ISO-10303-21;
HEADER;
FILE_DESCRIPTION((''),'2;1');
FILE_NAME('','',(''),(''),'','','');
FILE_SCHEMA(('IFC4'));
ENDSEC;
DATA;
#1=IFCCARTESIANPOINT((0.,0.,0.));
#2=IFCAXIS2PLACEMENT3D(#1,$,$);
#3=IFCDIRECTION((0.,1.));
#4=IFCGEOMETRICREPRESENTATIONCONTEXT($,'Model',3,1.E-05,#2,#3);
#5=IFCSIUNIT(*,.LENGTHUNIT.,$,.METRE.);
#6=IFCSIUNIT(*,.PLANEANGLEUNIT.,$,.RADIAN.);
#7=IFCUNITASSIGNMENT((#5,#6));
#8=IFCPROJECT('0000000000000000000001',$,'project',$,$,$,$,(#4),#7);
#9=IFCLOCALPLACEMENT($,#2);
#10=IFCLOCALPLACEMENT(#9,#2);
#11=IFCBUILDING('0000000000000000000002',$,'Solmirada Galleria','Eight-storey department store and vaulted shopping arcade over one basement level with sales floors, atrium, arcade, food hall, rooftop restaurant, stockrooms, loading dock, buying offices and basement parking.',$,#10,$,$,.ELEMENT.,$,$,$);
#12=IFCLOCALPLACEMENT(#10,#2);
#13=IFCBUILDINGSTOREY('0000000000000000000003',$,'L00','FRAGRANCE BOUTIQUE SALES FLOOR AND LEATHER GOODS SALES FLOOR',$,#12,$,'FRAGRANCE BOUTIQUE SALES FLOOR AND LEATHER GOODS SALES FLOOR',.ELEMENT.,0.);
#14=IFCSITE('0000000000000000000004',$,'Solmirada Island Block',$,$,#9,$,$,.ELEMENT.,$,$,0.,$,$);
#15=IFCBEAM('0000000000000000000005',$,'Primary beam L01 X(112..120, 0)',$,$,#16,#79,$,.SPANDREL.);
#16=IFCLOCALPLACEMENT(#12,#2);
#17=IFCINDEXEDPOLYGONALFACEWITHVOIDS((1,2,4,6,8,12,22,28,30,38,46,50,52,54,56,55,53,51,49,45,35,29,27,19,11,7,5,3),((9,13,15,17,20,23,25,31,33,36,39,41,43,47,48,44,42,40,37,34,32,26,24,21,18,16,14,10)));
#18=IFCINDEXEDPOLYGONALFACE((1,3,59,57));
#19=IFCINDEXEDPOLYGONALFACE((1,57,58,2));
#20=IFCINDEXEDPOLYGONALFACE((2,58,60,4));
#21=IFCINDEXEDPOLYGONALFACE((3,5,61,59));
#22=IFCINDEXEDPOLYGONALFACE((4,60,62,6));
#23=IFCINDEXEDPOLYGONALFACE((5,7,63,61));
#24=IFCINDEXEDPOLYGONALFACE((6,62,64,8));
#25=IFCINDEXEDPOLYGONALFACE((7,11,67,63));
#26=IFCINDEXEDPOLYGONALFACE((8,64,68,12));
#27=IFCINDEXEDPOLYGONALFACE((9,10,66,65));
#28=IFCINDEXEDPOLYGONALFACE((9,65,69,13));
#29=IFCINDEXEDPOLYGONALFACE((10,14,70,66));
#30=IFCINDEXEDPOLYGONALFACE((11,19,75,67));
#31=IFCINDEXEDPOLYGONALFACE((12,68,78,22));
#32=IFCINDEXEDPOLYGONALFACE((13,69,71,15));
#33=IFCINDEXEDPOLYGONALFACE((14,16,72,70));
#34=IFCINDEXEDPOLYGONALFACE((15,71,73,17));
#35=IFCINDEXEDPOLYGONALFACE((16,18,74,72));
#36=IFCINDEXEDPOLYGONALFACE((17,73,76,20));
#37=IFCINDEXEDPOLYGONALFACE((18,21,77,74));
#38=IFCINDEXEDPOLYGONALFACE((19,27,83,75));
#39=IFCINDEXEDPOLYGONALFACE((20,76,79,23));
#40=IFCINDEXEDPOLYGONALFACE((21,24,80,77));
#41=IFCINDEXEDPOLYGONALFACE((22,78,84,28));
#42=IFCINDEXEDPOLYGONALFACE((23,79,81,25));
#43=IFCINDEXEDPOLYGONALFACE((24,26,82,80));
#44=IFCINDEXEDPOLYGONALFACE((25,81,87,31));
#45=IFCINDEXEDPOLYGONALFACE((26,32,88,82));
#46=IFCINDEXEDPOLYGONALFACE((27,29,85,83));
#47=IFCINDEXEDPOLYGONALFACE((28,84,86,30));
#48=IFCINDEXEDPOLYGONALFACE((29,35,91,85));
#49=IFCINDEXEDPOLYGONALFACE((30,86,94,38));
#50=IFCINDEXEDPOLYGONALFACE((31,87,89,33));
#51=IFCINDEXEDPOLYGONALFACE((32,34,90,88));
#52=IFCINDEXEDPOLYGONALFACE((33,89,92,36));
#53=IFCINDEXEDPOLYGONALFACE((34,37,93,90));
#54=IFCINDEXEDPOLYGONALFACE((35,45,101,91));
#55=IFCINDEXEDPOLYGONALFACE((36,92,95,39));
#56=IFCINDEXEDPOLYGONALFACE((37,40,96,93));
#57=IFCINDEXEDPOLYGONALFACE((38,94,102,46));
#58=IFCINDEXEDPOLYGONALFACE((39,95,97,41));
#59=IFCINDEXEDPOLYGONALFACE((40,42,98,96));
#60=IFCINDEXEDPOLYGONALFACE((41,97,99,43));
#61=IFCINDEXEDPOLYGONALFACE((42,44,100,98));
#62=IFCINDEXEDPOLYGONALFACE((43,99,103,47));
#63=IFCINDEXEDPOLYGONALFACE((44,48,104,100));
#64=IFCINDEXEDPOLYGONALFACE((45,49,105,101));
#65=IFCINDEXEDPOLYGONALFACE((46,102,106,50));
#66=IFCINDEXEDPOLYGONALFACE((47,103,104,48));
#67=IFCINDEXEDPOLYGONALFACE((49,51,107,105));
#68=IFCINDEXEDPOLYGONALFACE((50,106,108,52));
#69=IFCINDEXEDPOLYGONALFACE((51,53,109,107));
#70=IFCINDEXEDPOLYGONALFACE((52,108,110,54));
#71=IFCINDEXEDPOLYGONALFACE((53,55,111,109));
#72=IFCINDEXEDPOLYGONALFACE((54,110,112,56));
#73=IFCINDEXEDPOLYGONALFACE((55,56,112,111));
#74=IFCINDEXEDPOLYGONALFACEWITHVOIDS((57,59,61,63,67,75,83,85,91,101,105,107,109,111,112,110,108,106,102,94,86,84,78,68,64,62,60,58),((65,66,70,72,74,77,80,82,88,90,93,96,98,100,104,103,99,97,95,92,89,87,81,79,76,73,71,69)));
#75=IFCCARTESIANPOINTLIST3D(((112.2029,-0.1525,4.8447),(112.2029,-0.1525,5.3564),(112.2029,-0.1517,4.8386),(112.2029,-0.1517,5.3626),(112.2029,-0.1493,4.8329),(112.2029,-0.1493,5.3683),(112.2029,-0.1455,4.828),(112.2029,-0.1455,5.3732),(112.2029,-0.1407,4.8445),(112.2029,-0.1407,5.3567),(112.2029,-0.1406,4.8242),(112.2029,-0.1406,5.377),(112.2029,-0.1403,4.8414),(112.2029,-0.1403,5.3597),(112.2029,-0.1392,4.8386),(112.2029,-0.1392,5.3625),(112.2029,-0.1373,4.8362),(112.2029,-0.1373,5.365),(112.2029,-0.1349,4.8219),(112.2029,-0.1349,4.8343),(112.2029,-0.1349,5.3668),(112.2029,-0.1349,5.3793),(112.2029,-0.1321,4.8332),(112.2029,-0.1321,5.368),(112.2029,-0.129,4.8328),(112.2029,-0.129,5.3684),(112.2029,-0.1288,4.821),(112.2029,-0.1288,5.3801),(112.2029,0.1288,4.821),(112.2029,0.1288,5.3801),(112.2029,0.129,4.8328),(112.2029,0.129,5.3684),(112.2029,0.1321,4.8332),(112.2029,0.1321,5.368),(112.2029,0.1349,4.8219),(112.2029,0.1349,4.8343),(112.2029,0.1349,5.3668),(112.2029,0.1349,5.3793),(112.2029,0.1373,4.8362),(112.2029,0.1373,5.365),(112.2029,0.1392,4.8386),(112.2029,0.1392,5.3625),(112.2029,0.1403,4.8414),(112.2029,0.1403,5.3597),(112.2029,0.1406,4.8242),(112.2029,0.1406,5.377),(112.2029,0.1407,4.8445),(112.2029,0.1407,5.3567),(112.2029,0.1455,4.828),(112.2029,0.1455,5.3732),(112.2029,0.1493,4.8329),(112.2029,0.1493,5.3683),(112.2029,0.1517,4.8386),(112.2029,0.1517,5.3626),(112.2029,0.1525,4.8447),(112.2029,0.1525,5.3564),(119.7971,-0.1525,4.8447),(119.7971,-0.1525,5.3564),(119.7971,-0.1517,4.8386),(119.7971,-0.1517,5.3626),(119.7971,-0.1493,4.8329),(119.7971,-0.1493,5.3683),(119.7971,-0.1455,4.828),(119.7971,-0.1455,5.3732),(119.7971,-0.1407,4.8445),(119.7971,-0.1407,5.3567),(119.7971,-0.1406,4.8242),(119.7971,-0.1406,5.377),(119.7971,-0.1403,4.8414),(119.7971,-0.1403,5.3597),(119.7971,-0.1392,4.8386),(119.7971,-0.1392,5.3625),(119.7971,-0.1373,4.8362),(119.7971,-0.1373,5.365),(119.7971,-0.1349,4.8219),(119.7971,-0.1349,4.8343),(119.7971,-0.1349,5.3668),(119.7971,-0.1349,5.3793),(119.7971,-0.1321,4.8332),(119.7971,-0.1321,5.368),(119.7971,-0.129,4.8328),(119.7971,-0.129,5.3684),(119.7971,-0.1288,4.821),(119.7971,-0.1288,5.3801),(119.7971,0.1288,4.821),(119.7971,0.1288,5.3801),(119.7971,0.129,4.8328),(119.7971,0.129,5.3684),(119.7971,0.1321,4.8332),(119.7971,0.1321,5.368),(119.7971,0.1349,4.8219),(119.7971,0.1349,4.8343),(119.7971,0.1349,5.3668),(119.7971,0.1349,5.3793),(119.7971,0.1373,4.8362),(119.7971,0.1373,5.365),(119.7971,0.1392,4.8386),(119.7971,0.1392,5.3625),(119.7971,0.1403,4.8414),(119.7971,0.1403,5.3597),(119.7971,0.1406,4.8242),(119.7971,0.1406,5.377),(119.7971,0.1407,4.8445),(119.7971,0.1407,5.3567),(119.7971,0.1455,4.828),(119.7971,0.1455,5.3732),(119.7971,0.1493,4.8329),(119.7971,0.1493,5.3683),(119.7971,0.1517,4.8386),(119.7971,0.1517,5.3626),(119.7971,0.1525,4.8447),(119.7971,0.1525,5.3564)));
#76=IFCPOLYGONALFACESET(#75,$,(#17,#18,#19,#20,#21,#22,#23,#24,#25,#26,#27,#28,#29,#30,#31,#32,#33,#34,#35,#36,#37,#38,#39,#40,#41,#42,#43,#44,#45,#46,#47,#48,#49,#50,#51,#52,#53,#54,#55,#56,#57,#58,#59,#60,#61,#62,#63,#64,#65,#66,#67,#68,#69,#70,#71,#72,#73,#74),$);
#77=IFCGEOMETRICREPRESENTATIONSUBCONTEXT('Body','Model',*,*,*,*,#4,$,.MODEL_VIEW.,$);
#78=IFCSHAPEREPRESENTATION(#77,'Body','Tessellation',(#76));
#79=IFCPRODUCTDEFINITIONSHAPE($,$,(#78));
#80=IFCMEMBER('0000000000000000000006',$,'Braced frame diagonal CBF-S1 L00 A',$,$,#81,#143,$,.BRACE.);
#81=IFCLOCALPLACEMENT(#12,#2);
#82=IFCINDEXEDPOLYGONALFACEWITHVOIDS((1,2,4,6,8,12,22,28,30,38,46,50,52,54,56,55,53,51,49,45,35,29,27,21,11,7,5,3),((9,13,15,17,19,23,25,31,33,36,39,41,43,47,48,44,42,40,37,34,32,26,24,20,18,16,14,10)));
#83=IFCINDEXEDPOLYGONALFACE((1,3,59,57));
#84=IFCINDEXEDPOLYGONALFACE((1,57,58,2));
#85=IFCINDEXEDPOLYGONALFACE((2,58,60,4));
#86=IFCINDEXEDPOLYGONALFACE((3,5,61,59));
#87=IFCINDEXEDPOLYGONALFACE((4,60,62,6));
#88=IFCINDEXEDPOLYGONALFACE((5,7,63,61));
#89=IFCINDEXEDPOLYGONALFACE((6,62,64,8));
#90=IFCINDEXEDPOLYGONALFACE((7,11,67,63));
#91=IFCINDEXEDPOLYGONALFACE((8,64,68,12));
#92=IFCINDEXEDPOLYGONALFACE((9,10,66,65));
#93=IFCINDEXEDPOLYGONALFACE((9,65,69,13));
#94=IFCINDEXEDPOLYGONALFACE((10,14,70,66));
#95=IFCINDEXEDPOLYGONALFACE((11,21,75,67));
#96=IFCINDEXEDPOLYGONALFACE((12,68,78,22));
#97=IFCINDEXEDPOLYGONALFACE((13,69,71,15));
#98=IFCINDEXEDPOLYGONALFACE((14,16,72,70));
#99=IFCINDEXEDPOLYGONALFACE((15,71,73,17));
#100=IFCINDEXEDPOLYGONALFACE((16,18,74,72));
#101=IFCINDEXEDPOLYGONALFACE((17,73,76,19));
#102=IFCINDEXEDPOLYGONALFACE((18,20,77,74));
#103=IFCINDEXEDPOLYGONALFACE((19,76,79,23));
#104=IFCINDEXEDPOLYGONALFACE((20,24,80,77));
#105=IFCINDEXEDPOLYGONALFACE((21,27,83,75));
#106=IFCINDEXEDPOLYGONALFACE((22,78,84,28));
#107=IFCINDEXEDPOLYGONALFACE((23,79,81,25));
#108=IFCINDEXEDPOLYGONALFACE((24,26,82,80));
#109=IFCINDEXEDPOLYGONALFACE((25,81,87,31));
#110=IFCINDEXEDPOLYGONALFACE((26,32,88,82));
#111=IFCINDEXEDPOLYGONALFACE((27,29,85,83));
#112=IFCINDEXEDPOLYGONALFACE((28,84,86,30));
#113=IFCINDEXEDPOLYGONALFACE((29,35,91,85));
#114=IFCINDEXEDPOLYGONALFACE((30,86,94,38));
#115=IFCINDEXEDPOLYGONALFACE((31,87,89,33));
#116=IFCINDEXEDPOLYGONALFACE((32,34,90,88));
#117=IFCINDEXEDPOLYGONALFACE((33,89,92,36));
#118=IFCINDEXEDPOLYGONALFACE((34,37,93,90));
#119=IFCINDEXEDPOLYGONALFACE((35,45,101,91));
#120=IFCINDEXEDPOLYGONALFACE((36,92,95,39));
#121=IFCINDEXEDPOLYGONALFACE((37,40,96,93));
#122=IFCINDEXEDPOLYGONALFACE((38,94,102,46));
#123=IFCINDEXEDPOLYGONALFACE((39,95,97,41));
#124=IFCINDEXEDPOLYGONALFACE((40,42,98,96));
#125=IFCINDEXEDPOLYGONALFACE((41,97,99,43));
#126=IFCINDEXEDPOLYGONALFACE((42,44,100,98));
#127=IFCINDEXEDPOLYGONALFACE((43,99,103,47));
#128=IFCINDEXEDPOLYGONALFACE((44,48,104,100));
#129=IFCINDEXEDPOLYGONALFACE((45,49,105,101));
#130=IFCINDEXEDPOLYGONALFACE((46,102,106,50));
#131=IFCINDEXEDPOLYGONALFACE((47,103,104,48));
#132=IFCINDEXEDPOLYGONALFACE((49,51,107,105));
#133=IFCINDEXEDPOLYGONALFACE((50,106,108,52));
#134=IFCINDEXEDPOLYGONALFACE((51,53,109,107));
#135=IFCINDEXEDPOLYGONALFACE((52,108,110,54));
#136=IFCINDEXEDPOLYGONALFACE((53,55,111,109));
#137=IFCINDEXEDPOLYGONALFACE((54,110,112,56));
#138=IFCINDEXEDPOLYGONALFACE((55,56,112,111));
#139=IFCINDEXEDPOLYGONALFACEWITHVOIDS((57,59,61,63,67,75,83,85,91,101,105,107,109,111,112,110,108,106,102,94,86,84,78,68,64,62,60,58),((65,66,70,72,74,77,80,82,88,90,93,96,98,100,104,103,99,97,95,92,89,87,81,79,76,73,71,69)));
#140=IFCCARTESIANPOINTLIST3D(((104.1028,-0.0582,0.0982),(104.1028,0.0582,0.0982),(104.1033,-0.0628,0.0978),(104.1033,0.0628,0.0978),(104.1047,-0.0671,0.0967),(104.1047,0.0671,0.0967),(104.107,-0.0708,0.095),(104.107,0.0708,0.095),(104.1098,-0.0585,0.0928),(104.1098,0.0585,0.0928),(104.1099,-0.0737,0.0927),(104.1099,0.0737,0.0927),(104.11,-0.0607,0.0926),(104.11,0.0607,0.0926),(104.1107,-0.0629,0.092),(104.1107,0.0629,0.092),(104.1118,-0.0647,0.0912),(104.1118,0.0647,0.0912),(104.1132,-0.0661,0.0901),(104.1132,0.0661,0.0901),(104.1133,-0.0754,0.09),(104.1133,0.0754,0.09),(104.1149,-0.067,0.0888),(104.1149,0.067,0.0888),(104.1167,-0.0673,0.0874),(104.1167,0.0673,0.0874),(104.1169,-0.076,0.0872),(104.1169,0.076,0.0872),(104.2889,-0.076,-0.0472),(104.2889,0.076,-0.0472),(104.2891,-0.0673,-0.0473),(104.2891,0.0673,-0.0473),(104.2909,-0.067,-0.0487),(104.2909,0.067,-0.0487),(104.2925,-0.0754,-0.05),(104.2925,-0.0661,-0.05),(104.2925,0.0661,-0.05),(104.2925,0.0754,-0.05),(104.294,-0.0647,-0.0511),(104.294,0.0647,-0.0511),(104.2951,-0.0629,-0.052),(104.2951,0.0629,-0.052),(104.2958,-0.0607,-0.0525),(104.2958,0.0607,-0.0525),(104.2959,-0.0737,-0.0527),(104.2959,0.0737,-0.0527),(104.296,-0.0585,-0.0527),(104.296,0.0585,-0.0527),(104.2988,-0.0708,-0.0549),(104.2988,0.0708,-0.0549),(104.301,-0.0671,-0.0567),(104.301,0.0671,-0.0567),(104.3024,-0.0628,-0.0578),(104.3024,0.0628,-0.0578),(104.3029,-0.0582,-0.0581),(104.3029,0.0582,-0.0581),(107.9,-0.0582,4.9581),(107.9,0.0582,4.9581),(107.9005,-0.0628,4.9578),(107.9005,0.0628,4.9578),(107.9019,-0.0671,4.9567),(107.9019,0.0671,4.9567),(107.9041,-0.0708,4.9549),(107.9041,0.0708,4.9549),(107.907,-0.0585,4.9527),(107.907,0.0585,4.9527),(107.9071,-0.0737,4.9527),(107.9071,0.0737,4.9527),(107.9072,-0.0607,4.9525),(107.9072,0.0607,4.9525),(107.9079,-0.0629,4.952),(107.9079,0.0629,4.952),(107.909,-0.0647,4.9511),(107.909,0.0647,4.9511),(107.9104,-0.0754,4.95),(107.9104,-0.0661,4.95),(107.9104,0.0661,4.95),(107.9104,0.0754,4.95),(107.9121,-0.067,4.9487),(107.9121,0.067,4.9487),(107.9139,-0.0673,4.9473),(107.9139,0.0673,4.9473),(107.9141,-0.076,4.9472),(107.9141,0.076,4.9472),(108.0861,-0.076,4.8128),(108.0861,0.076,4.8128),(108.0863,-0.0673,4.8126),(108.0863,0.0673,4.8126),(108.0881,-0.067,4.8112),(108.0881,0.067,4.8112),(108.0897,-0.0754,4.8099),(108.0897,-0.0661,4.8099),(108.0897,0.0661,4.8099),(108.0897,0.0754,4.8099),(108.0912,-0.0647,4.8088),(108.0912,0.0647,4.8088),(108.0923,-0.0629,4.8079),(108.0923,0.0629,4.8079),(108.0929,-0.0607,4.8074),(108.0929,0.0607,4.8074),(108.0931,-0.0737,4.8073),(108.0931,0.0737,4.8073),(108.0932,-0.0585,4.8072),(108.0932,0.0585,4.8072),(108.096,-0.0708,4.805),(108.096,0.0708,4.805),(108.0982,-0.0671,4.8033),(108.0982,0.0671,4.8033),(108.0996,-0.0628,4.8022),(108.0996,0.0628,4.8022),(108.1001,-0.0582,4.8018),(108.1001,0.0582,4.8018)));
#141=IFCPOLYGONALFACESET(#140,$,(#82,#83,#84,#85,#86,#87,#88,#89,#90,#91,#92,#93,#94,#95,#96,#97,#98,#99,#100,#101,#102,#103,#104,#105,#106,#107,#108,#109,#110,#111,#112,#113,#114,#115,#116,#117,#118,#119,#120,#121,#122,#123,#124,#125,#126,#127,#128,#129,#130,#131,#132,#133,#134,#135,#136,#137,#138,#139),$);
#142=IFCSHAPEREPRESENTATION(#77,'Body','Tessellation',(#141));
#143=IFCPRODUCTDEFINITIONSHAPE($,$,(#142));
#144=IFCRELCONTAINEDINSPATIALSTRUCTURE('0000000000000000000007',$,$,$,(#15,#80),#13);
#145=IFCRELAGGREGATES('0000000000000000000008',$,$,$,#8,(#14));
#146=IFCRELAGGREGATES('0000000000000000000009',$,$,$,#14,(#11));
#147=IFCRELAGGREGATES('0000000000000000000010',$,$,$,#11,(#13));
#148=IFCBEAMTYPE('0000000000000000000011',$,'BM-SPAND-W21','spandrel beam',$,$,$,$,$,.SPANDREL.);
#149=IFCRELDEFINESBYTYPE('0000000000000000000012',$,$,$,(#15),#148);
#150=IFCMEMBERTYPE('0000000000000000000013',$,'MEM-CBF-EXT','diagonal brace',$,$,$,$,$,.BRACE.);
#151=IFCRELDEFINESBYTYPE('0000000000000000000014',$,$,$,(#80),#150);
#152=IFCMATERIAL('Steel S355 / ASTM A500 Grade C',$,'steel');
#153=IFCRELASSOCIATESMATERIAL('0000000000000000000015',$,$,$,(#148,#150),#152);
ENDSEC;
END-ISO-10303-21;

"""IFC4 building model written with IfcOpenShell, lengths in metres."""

from ifc_helpers import new_model, si_unit, direction, frame, origin, origin_2d, place, context, subcontext, project, spatial, hollow_rectangle, extrude, material, material_profile, profile_set, type_object, element, save


model = new_model("IFC4")

# Units and contexts
model_context = context("Model", 3, precision=1e-05, world=origin(), true_north=direction((0.0, 1.0)))
body_context = subcontext(model_context, "Body", "Model", "MODEL_VIEW")
ifc_project = project(units=[si_unit("LENGTHUNIT", "METRE"), si_unit("PLANEANGLEUNIT", "RADIAN")], contexts=[model_context])

# Site, building, storey
site_placement = place(None, origin())
site = spatial("IfcSite", under=ifc_project, at=site_placement, Name="Solmirada Island Block", CompositionType="ELEMENT", RefElevation=0.0)
building_placement = place(site_placement, origin())
building = spatial("IfcBuilding", under=site, at=building_placement, Name="Solmirada Galleria", Description="Eight-storey department store and vaulted shopping arcade over one basement level with sales floors, atrium, arcade, food hall, rooftop restaurant, stockrooms, loading dock, buying offices and basement parking.", CompositionType="ELEMENT")
storey_placement = place(building_placement, origin())
storey = spatial("IfcBuildingStorey", under=building, at=storey_placement, Name="L00", Description="FRAGRANCE BOUTIQUE SALES FLOOR AND LEATHER GOODS SALES FLOOR", LongName="FRAGRANCE BOUTIQUE SALES FLOOR AND LEATHER GOODS SALES FLOOR", CompositionType="ELEMENT", Elevation=0.0)

# Shared definitions
ifc_material_1 = material(Name="Steel S355 / ASTM A500 Grade C", Category="steel")

# Beam
ifc_material_profile_1 = material_profile(ifc_material_1, hollow_rectangle(XDim=0.3049, YDim=0.5591, WallThickness=0.0117, InnerFilletRadius=0.0117, OuterFilletRadius=0.0237, at=origin_2d()), Name="HSS22X12X1/2")
ifc_profile_set_1 = profile_set([ifc_material_profile_1], Name="Steel S355 / ASTM A500 Grade C")
beam_type_1 = type_object("IfcBeamType", Name="BM-SPAND-W21", Description="spandrel beam", PredefinedType="SPANDREL", material=ifc_profile_set_1)
for number, where, z_axis, x_axis, name in (
    (1, (112.2029, 0.0, 5.1006), (1.0, 0.0, 0.0), (0.0, 1.0, 0.0), "Primary beam L01 X(112..120, 0)"),
):
    element("IfcBeam", number, at=place(storey_placement, frame(where, z_axis=z_axis, x_axis=x_axis)), inside=storey, type_object=beam_type_1, Name=name, PredefinedType="SPANDREL", context=body_context, shape_type="SweptSolid", body=[
        extrude(hollow_rectangle(XDim=0.3049, YDim=0.5591, WallThickness=0.0117, InnerFilletRadius=0.0117, OuterFilletRadius=0.0237, at=origin_2d()), origin(), (0.0, 0.0, 1.0), 7.5942),
    ])

# Member
ifc_material_profile_2 = material_profile(ifc_material_1, hollow_rectangle(XDim=0.1521, YDim=0.2539, WallThickness=0.0088, InnerFilletRadius=0.0088, OuterFilletRadius=0.0178, at=origin_2d()), Name="HSS10X6X3/8")
ifc_profile_set_2 = profile_set([ifc_material_profile_2], Name="Steel S355 / ASTM A500 Grade C")
member_type = type_object("IfcMemberType", Name="MEM-CBF-EXT", Description="diagonal brace", PredefinedType="BRACE", material=ifc_profile_set_2)
for number, where, z_axis, x_axis, name in (
    (2, (104.2029, 0.0, 0.02), (0.615679, 0.0, 0.787997), (0.0, 1.0, 0.0), "Braced frame diagonal CBF-S1 L00 A"),
):
    element("IfcMember", number, at=place(storey_placement, frame(where, z_axis=z_axis, x_axis=x_axis)), inside=storey, type_object=member_type, Name=name, PredefinedType="BRACE", context=body_context, shape_type="SweptSolid", body=[
        extrude(hollow_rectangle(XDim=0.1521, YDim=0.2539, WallThickness=0.0088, InnerFilletRadius=0.0088, OuterFilletRadius=0.0178, at=origin_2d()), origin(), (0.0, 0.0, 1.0), 6.1675),
    ])

save(model, "model.ifc")
